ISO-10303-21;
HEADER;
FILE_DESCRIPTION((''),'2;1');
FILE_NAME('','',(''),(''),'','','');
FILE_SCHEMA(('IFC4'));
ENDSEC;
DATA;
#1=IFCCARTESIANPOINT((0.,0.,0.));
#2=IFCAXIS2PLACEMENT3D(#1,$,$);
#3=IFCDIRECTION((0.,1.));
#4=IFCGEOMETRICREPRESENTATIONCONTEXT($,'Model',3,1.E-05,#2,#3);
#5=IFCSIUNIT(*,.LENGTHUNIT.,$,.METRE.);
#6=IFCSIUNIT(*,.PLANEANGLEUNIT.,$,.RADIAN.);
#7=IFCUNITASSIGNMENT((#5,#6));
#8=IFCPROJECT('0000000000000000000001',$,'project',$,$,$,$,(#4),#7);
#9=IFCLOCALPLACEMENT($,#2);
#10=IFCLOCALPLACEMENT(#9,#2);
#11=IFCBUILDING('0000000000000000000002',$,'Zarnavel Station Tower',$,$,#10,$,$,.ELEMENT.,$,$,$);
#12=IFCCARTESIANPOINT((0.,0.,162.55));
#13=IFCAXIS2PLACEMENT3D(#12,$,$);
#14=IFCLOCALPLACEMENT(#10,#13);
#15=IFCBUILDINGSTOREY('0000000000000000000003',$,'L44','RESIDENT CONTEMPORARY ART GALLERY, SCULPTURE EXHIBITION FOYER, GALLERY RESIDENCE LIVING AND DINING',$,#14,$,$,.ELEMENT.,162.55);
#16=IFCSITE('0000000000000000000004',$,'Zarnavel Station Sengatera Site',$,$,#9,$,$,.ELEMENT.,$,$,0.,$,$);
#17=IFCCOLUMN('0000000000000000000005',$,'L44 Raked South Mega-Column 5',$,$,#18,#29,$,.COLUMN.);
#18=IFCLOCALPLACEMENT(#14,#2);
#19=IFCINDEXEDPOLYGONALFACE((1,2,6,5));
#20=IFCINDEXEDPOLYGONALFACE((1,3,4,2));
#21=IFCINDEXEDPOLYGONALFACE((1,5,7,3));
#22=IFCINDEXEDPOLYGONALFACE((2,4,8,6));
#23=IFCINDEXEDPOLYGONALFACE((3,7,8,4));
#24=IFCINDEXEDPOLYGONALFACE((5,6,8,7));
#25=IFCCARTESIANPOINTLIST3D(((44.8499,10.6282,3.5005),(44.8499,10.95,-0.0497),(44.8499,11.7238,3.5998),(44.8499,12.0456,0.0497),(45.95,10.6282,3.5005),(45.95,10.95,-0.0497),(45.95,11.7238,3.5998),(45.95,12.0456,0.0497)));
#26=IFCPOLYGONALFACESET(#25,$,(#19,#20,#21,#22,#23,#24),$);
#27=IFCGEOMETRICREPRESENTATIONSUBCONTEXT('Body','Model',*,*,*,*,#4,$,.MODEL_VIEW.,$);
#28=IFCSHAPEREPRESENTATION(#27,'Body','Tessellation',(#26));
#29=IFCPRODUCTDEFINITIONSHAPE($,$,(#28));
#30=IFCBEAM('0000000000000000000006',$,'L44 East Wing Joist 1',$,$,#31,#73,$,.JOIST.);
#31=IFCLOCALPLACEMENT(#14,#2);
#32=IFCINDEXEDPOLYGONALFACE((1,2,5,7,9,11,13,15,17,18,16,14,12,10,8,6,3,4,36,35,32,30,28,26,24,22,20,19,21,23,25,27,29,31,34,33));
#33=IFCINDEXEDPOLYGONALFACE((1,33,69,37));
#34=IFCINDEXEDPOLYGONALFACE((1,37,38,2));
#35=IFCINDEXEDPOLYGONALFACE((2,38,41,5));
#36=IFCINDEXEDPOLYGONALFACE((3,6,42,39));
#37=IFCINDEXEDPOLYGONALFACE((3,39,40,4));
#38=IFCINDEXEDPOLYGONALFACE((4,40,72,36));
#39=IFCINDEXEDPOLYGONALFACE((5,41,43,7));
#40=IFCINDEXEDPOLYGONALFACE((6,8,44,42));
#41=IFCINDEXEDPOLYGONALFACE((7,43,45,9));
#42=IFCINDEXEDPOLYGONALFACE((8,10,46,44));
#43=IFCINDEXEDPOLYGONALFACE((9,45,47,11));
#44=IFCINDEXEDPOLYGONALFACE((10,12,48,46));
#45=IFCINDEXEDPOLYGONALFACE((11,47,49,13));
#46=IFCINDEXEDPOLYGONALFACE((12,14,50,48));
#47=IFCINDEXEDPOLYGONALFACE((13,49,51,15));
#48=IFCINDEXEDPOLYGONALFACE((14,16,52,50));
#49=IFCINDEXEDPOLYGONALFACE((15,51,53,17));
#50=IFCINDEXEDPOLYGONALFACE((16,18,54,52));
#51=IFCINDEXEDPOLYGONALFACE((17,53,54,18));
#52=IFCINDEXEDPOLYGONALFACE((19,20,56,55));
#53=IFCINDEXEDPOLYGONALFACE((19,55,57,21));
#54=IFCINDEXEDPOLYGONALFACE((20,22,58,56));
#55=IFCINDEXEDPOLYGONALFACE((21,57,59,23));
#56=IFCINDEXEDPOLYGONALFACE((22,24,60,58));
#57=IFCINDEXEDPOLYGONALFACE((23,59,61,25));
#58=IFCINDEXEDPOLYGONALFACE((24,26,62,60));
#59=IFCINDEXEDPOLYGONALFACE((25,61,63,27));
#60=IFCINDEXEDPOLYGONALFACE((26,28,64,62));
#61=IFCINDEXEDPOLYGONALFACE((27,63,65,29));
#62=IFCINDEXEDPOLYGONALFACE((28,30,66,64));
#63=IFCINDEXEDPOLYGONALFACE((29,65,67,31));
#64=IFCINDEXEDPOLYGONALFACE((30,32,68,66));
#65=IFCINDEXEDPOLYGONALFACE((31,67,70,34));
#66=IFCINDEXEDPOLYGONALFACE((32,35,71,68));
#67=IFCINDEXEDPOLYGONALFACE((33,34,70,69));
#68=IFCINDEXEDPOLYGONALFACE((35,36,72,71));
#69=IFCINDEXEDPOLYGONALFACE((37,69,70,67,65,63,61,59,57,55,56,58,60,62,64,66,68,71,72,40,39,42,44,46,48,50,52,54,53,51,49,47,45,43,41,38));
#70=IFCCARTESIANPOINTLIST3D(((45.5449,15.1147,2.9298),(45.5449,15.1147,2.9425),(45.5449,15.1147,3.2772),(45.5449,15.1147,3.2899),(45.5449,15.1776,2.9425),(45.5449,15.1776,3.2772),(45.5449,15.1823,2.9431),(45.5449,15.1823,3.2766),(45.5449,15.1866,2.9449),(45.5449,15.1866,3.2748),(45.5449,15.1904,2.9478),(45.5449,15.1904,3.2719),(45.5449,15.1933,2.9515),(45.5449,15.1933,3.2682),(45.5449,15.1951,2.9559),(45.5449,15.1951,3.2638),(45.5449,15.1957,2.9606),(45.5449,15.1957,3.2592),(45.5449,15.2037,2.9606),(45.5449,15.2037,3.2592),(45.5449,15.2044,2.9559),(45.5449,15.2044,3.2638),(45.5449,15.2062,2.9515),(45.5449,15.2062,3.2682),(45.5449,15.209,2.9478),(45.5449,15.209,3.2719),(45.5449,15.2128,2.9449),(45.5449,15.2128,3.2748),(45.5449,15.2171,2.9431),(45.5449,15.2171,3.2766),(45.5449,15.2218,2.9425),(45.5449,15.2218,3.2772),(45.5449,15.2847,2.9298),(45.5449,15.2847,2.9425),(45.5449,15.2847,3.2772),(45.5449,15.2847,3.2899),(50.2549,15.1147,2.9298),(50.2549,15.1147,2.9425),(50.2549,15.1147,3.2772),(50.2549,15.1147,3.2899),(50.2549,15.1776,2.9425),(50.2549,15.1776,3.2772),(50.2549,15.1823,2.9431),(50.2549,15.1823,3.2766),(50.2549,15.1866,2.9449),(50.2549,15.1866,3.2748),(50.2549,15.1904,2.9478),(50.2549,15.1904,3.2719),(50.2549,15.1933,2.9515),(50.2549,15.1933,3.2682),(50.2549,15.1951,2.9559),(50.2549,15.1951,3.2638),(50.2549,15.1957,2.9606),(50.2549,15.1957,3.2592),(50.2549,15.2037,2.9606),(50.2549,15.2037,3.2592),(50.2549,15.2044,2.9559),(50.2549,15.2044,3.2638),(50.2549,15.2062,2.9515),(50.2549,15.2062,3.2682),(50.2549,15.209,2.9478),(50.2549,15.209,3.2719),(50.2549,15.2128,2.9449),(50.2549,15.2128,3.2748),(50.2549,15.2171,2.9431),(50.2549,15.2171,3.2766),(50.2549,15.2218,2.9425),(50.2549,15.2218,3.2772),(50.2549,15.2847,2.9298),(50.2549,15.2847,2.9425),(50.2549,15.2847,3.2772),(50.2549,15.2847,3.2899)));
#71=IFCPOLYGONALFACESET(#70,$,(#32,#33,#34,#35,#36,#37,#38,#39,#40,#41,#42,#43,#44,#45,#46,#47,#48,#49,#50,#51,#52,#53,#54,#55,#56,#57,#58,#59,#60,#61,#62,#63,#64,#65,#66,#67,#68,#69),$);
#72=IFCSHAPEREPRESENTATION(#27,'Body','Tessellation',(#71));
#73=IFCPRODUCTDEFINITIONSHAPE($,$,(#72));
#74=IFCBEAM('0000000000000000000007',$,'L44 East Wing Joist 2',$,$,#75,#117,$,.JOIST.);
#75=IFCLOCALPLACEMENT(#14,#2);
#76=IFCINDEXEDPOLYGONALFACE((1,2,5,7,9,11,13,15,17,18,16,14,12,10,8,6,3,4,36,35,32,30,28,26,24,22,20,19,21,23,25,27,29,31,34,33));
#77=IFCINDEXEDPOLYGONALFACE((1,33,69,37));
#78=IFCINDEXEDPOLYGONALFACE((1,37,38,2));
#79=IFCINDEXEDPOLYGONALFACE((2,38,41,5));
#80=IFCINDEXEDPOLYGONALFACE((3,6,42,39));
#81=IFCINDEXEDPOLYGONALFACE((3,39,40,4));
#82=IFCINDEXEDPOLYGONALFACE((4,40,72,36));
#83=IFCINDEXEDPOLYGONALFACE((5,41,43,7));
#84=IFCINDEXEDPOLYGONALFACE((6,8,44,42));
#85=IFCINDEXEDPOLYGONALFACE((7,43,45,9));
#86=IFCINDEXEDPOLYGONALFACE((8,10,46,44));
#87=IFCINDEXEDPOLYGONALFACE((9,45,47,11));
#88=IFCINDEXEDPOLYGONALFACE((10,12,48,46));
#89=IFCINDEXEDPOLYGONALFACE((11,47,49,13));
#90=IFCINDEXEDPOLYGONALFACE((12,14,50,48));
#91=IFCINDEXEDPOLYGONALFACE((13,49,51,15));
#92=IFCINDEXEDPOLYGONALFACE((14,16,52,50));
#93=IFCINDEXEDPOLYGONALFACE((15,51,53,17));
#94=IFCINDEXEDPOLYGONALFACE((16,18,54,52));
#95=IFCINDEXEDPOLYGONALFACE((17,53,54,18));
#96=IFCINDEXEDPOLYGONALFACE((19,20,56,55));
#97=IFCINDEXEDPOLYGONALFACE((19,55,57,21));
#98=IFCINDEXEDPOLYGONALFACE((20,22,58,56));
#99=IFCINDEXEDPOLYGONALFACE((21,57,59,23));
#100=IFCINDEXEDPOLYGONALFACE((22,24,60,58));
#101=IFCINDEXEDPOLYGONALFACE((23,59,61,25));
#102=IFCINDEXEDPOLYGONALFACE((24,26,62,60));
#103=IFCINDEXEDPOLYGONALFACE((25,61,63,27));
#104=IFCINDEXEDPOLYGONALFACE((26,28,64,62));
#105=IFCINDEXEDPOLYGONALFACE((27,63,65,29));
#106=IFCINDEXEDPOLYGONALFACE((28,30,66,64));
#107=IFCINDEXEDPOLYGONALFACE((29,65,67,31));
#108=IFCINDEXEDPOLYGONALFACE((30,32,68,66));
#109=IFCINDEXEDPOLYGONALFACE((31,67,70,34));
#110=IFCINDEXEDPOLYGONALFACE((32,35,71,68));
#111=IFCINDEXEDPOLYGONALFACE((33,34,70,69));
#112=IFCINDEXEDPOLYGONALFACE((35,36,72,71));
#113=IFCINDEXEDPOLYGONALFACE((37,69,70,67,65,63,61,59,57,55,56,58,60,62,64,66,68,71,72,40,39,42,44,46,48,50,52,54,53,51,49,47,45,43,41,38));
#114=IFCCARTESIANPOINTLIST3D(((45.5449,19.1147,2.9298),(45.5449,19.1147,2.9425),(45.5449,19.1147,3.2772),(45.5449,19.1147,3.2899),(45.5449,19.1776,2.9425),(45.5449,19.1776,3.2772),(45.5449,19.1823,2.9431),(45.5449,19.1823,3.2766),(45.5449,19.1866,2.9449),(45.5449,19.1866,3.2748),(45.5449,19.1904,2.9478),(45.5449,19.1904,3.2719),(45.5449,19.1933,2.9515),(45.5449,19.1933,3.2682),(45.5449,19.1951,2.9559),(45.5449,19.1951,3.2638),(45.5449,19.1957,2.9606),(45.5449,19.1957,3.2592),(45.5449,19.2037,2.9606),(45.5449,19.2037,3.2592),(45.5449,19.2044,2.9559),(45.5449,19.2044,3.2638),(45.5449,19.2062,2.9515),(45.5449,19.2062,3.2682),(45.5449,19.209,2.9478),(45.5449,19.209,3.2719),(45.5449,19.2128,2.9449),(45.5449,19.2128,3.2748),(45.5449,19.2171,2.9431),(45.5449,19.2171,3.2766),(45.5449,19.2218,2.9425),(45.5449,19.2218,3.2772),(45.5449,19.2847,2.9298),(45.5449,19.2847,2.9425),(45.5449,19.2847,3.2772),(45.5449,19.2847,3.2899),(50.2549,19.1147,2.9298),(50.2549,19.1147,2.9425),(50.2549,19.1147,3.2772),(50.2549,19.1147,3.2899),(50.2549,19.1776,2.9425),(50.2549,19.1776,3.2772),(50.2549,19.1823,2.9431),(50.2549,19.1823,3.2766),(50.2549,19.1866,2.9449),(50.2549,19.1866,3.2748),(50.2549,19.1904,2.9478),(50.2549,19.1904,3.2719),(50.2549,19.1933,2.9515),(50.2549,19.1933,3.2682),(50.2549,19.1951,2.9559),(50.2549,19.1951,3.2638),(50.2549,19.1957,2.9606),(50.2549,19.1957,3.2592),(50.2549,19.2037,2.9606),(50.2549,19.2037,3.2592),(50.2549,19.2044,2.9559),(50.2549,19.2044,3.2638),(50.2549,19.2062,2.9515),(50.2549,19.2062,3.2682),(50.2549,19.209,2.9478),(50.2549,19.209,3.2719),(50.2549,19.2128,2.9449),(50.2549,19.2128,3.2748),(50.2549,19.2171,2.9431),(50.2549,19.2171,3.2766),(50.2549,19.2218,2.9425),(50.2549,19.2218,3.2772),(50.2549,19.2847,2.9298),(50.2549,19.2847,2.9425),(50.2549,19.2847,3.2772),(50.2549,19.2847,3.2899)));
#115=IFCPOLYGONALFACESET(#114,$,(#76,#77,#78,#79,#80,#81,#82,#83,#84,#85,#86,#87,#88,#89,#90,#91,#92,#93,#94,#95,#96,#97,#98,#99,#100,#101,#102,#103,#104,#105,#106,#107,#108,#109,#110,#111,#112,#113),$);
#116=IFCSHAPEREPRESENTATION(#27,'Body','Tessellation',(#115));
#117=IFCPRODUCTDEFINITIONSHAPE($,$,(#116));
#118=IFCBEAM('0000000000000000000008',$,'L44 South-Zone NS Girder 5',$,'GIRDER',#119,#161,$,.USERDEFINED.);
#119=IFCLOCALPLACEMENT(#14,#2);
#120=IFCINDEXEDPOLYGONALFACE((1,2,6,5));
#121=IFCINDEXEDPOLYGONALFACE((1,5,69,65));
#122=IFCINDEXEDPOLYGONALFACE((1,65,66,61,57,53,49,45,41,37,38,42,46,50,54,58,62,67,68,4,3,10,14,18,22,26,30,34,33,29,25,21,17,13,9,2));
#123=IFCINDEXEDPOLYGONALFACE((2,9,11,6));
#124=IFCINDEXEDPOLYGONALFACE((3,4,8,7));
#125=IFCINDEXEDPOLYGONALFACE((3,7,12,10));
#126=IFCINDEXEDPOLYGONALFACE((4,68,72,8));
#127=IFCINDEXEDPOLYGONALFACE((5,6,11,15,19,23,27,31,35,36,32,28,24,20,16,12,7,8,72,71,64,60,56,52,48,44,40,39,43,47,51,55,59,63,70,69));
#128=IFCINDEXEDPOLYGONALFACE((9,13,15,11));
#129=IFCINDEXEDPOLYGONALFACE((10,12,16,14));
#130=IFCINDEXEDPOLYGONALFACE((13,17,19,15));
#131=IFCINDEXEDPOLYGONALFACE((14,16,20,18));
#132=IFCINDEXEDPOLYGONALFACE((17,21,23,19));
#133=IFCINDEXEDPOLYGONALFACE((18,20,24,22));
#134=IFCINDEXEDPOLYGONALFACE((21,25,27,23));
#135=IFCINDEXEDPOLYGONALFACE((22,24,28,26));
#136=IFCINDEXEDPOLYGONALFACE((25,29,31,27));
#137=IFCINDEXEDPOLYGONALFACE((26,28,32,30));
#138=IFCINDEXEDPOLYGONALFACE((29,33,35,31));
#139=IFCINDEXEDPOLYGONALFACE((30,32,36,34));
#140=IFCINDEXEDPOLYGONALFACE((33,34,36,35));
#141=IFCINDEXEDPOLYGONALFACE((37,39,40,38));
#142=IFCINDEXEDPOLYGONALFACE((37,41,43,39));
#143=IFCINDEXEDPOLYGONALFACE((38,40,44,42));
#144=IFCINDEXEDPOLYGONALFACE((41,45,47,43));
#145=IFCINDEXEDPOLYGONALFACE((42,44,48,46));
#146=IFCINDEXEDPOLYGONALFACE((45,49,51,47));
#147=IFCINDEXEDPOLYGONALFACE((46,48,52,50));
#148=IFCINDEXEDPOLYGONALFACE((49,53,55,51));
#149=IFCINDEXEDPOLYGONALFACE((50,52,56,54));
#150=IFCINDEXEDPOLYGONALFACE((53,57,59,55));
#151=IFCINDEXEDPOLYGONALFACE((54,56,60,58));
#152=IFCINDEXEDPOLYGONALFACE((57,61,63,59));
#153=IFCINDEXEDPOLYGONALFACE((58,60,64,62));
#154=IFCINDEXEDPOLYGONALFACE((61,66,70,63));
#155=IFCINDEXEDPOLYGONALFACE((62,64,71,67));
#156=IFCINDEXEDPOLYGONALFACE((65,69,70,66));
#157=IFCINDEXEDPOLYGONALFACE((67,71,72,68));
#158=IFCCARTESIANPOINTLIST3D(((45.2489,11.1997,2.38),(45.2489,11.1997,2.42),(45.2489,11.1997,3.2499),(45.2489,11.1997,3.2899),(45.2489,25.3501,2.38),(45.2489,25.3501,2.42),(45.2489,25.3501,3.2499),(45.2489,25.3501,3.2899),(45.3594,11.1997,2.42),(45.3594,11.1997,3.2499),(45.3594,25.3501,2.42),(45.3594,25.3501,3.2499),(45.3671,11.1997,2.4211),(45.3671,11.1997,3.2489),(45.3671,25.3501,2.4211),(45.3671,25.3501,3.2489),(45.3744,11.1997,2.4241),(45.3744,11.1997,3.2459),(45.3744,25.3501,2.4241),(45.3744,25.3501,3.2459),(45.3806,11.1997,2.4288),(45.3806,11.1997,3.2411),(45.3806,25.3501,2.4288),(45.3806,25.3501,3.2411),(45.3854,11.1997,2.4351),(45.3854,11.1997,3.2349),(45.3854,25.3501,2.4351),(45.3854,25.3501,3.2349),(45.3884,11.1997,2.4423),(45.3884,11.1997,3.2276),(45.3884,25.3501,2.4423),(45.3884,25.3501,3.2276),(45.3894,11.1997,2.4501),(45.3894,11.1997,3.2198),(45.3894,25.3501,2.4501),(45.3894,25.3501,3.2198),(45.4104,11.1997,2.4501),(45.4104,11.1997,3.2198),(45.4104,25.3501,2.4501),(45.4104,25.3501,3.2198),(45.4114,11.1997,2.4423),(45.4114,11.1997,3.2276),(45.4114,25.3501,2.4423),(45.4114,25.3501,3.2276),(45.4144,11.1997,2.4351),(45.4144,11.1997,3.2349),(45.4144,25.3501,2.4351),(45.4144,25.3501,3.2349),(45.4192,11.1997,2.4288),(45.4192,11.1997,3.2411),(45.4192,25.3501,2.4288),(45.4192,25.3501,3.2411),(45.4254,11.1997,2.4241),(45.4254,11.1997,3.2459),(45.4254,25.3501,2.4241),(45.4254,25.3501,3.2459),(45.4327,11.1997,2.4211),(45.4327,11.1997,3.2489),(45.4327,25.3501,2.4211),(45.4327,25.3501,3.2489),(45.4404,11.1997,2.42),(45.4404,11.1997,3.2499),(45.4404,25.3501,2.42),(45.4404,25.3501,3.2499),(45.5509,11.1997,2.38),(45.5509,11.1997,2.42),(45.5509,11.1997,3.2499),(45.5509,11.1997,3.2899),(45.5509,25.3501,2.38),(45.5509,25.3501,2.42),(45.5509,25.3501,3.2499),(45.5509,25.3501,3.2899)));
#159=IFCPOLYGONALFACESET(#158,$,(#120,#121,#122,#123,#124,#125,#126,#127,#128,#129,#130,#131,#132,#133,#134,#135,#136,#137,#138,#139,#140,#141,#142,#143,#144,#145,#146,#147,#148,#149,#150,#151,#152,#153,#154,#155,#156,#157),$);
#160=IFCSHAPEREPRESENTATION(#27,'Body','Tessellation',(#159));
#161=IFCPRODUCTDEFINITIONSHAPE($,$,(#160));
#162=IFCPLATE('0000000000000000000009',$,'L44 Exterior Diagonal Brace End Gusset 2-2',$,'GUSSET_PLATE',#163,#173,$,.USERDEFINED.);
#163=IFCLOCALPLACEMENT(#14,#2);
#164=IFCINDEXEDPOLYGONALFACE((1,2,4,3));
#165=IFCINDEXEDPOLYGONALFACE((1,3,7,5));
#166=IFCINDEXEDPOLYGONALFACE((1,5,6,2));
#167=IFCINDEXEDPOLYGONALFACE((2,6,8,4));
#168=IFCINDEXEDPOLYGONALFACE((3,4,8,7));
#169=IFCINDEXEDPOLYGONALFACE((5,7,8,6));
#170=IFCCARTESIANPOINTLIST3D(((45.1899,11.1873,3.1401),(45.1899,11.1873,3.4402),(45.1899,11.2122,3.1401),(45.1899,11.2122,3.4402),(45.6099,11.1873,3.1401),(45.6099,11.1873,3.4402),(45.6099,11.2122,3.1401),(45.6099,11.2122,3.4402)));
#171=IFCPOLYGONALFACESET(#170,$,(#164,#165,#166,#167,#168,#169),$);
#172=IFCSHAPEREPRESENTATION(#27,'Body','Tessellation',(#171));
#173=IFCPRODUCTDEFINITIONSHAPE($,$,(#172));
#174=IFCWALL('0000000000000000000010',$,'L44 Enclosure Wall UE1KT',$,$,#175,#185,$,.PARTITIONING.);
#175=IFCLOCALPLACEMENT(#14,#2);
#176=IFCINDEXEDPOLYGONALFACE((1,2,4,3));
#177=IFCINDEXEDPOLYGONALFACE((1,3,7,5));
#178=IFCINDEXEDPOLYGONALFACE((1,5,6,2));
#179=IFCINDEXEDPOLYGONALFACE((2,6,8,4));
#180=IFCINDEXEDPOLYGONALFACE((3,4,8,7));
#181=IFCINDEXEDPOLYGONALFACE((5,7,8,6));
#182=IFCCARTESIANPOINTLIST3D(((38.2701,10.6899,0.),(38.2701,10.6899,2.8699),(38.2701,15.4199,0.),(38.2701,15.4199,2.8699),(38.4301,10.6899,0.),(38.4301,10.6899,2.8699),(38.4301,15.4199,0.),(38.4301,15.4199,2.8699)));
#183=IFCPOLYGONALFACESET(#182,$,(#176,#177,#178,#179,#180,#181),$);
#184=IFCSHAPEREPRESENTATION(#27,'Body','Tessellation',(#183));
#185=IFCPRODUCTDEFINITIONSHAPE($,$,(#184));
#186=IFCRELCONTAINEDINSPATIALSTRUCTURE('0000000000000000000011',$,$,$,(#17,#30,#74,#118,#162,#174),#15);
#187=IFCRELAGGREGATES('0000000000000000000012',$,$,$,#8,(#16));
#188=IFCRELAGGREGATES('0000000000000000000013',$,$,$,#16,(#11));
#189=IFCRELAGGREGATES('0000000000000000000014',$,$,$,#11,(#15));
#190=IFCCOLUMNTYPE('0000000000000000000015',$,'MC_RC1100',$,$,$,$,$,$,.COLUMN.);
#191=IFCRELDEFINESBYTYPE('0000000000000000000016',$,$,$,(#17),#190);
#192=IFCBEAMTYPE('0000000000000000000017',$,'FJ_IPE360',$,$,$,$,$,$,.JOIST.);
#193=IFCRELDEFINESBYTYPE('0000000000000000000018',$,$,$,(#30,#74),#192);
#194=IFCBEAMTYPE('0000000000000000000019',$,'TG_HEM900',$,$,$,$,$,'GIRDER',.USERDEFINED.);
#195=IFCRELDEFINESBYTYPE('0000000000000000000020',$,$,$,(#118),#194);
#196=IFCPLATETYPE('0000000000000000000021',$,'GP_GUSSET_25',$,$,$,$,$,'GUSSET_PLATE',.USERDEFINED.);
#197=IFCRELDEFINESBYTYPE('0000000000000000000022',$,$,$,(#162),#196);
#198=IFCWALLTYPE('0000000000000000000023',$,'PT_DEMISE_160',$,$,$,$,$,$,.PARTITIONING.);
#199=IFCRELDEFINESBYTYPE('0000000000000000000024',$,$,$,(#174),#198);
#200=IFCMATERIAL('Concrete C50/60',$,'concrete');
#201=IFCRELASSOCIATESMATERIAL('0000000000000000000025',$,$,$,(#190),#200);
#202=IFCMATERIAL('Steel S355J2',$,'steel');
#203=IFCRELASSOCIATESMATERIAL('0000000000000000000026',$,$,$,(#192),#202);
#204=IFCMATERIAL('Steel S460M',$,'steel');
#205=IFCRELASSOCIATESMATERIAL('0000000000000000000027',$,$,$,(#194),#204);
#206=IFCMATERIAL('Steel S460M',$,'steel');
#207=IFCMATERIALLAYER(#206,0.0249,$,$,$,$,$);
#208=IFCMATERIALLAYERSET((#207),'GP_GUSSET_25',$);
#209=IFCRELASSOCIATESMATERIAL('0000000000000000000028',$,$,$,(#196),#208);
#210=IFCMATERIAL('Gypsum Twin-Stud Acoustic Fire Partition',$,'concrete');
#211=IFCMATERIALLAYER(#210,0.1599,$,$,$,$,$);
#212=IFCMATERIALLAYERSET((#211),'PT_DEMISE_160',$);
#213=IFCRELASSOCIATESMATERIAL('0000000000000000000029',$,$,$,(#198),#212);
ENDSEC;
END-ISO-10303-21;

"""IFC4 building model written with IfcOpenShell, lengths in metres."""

from ifc_helpers import new_model, si_unit, direction, frame, frame_2d, origin, origin_2d, place, context, subcontext, project, spatial, rectangle, i_section, extrude, material, layer, layer_set, material_profile, profile_set, type_object, element, save


model = new_model("IFC4")

# Units and contexts
model_context = context("Model", 3, precision=1e-05, world=origin(), true_north=direction((0.0, 1.0)))
body_context = subcontext(model_context, "Body", "Model", "MODEL_VIEW")
ifc_project = project(units=[si_unit("LENGTHUNIT", "METRE"), si_unit("PLANEANGLEUNIT", "RADIAN")], contexts=[model_context])

# Site, building, storey
site_placement = place(None, origin())
site = spatial("IfcSite", under=ifc_project, at=site_placement, Name="Zarnavel Station Sengatera Site", CompositionType="ELEMENT", RefElevation=0.0)
building_placement = place(site_placement, origin())
building = spatial("IfcBuilding", under=site, at=building_placement, Name="Zarnavel Station Tower", CompositionType="ELEMENT")
storey_placement = place(building_placement, frame((0.0, 0.0, 162.55)))
storey = spatial("IfcBuildingStorey", under=building, at=storey_placement, Name="L44", Description="RESIDENT CONTEMPORARY ART GALLERY, SCULPTURE EXHIBITION FOYER, GALLERY RESIDENCE LIVING AND DINING", CompositionType="ELEMENT", Elevation=162.55)

# Column
ifc_material_1 = material(Name="Concrete C50/60", Category="concrete")
ifc_material_profile_1 = material_profile(ifc_material_1, rectangle(XDim=1.1001, YDim=1.1001, at=origin_2d()), Name="RC1100x1100")
ifc_profile_set_1 = profile_set([ifc_material_profile_1], Name="Concrete C50/60")
column_type = type_object("IfcColumnType", Name="MC_RC1100", PredefinedType="COLUMN", material=ifc_profile_set_1)
column_placement = place(storey_placement, frame((45.3999, 11.4978, 0.0), z_axis=(0.0, -0.09027, 0.995917), x_axis=(1.0, 0.0, 0.0)))
element("IfcColumn", 1, at=column_placement, inside=storey, type_object=column_type, Name="L44 Raked South Mega-Column 5", PredefinedType="COLUMN", context=body_context, shape_type="SweptSolid", body=[
    extrude(rectangle(XDim=1.1001, YDim=1.1001, at=origin_2d()), origin(), (0.0, 0.0, 1.0), 3.5647),
])

# Beams
ifc_material_2 = material(Name="Steel S355J2", Category="steel")
ifc_material_profile_2 = material_profile(ifc_material_2, i_section(OverallWidth=0.1699, OverallDepth=0.3601, WebThickness=0.0081, FlangeThickness=0.0127, FilletRadius=0.0181, at=origin_2d()), Name="IPE360")
ifc_profile_set_2 = profile_set([ifc_material_profile_2], Name="Steel S355J2")
beam_type_1 = type_object("IfcBeamType", Name="FJ_IPE360", PredefinedType="JOIST", material=ifc_profile_set_2)
for number, where, z_axis, x_axis, name in (
    (2, (45.5449, 15.1997, 3.1099), (1.0, 0.0, 0.0), (0.0, 1.0, 0.0), "L44 East Wing Joist 1"),
    (3, (45.5449, 19.1997, 3.1099), (1.0, 0.0, 0.0), (0.0, 1.0, 0.0), "L44 East Wing Joist 2"),
):
    element("IfcBeam", number, at=place(storey_placement, frame(where, z_axis=z_axis, x_axis=x_axis)), inside=storey, type_object=beam_type_1, Name=name, PredefinedType="JOIST", context=body_context, shape_type="SweptSolid", body=[
        extrude(i_section(OverallWidth=0.1699, OverallDepth=0.3601, WebThickness=0.0081, FlangeThickness=0.0127, FilletRadius=0.0181, at=origin_2d()), origin(), (0.0, 0.0, 1.0), 4.71),
    ])
ifc_material_3 = material(Name="Steel S460M", Category="steel")
ifc_material_profile_3 = material_profile(ifc_material_3, i_section(OverallWidth=0.302, OverallDepth=0.9099, WebThickness=0.021, FlangeThickness=0.04, FilletRadius=0.03, at=origin_2d()), Name="HEM900")
ifc_profile_set_3 = profile_set([ifc_material_profile_3], Name="Steel S460M")
beam_type_2 = type_object("IfcBeamType", Name="TG_HEM900", ElementType="GIRDER", PredefinedType="USERDEFINED", material=ifc_profile_set_3)
beam_placement = place(storey_placement, frame((45.3999, 11.1997, 2.835), z_axis=(0.0, 1.0, 0.0), x_axis=(-1.0, 0.0, 0.0)))
element("IfcBeam", 4, at=beam_placement, inside=storey, type_object=beam_type_2, Name="L44 South-Zone NS Girder 5", ObjectType="GIRDER", PredefinedType="USERDEFINED", context=body_context, shape_type="SweptSolid", body=[
    extrude(i_section(OverallWidth=0.302, OverallDepth=0.9099, WebThickness=0.021, FlangeThickness=0.04, FilletRadius=0.03, at=origin_2d()), origin(), (0.0, 0.0, 1.0), 14.1504),
])

# Plate
ifc_material_4 = material(Name="Steel S460M", Category="steel")
ifc_layer_1 = layer(ifc_material_4, 0.0249)
ifc_layer_set_1 = layer_set([ifc_layer_1], Name="GP_GUSSET_25")
plate_type = type_object("IfcPlateType", Name="GP_GUSSET_25", ElementType="GUSSET_PLATE", PredefinedType="USERDEFINED", material=ifc_layer_set_1)
plate_placement = place(storey_placement, frame((45.3999, 11.1997, 3.1401), z_axis=(0.0, 0.0, 1.0), x_axis=(1.0, 0.0, 0.0)))
element("IfcPlate", 5, at=plate_placement, inside=storey, type_object=plate_type, Name="L44 Exterior Diagonal Brace End Gusset 2-2", ObjectType="GUSSET_PLATE", PredefinedType="USERDEFINED", context=body_context, shape_type="SweptSolid", body=[
    extrude(rectangle(XDim=0.4199, YDim=0.0249, at=origin_2d()), origin(), (0.0, 0.0, 1.0), 0.3),
])

# Wall
ifc_material_5 = material(Name="Gypsum Twin-Stud Acoustic Fire Partition", Category="concrete")
ifc_layer_2 = layer(ifc_material_5, 0.1599)
ifc_layer_set_2 = layer_set([ifc_layer_2], Name="PT_DEMISE_160")
wall_type_1 = type_object("IfcWallType", Name="PT_DEMISE_160", PredefinedType="PARTITIONING", material=ifc_layer_set_2)
wall_1_placement = place(storey_placement, frame((38.3501, 10.6899, 0.0), z_axis=(0.0, 0.0, 1.0), x_axis=(0.0, 1.0, 0.0)))
element("IfcWall", 6, at=wall_1_placement, inside=storey, type_object=wall_type_1, Name="L44 Enclosure Wall UE1KT", PredefinedType="PARTITIONING", context=body_context, shape_type="SweptSolid", body=[
    extrude(rectangle(XDim=4.73, YDim=0.1599, at=frame_2d((2.365, 0.0))), origin(), (0.0, 0.0, 1.0), 2.8699),
])

save(model, "model.ifc")
